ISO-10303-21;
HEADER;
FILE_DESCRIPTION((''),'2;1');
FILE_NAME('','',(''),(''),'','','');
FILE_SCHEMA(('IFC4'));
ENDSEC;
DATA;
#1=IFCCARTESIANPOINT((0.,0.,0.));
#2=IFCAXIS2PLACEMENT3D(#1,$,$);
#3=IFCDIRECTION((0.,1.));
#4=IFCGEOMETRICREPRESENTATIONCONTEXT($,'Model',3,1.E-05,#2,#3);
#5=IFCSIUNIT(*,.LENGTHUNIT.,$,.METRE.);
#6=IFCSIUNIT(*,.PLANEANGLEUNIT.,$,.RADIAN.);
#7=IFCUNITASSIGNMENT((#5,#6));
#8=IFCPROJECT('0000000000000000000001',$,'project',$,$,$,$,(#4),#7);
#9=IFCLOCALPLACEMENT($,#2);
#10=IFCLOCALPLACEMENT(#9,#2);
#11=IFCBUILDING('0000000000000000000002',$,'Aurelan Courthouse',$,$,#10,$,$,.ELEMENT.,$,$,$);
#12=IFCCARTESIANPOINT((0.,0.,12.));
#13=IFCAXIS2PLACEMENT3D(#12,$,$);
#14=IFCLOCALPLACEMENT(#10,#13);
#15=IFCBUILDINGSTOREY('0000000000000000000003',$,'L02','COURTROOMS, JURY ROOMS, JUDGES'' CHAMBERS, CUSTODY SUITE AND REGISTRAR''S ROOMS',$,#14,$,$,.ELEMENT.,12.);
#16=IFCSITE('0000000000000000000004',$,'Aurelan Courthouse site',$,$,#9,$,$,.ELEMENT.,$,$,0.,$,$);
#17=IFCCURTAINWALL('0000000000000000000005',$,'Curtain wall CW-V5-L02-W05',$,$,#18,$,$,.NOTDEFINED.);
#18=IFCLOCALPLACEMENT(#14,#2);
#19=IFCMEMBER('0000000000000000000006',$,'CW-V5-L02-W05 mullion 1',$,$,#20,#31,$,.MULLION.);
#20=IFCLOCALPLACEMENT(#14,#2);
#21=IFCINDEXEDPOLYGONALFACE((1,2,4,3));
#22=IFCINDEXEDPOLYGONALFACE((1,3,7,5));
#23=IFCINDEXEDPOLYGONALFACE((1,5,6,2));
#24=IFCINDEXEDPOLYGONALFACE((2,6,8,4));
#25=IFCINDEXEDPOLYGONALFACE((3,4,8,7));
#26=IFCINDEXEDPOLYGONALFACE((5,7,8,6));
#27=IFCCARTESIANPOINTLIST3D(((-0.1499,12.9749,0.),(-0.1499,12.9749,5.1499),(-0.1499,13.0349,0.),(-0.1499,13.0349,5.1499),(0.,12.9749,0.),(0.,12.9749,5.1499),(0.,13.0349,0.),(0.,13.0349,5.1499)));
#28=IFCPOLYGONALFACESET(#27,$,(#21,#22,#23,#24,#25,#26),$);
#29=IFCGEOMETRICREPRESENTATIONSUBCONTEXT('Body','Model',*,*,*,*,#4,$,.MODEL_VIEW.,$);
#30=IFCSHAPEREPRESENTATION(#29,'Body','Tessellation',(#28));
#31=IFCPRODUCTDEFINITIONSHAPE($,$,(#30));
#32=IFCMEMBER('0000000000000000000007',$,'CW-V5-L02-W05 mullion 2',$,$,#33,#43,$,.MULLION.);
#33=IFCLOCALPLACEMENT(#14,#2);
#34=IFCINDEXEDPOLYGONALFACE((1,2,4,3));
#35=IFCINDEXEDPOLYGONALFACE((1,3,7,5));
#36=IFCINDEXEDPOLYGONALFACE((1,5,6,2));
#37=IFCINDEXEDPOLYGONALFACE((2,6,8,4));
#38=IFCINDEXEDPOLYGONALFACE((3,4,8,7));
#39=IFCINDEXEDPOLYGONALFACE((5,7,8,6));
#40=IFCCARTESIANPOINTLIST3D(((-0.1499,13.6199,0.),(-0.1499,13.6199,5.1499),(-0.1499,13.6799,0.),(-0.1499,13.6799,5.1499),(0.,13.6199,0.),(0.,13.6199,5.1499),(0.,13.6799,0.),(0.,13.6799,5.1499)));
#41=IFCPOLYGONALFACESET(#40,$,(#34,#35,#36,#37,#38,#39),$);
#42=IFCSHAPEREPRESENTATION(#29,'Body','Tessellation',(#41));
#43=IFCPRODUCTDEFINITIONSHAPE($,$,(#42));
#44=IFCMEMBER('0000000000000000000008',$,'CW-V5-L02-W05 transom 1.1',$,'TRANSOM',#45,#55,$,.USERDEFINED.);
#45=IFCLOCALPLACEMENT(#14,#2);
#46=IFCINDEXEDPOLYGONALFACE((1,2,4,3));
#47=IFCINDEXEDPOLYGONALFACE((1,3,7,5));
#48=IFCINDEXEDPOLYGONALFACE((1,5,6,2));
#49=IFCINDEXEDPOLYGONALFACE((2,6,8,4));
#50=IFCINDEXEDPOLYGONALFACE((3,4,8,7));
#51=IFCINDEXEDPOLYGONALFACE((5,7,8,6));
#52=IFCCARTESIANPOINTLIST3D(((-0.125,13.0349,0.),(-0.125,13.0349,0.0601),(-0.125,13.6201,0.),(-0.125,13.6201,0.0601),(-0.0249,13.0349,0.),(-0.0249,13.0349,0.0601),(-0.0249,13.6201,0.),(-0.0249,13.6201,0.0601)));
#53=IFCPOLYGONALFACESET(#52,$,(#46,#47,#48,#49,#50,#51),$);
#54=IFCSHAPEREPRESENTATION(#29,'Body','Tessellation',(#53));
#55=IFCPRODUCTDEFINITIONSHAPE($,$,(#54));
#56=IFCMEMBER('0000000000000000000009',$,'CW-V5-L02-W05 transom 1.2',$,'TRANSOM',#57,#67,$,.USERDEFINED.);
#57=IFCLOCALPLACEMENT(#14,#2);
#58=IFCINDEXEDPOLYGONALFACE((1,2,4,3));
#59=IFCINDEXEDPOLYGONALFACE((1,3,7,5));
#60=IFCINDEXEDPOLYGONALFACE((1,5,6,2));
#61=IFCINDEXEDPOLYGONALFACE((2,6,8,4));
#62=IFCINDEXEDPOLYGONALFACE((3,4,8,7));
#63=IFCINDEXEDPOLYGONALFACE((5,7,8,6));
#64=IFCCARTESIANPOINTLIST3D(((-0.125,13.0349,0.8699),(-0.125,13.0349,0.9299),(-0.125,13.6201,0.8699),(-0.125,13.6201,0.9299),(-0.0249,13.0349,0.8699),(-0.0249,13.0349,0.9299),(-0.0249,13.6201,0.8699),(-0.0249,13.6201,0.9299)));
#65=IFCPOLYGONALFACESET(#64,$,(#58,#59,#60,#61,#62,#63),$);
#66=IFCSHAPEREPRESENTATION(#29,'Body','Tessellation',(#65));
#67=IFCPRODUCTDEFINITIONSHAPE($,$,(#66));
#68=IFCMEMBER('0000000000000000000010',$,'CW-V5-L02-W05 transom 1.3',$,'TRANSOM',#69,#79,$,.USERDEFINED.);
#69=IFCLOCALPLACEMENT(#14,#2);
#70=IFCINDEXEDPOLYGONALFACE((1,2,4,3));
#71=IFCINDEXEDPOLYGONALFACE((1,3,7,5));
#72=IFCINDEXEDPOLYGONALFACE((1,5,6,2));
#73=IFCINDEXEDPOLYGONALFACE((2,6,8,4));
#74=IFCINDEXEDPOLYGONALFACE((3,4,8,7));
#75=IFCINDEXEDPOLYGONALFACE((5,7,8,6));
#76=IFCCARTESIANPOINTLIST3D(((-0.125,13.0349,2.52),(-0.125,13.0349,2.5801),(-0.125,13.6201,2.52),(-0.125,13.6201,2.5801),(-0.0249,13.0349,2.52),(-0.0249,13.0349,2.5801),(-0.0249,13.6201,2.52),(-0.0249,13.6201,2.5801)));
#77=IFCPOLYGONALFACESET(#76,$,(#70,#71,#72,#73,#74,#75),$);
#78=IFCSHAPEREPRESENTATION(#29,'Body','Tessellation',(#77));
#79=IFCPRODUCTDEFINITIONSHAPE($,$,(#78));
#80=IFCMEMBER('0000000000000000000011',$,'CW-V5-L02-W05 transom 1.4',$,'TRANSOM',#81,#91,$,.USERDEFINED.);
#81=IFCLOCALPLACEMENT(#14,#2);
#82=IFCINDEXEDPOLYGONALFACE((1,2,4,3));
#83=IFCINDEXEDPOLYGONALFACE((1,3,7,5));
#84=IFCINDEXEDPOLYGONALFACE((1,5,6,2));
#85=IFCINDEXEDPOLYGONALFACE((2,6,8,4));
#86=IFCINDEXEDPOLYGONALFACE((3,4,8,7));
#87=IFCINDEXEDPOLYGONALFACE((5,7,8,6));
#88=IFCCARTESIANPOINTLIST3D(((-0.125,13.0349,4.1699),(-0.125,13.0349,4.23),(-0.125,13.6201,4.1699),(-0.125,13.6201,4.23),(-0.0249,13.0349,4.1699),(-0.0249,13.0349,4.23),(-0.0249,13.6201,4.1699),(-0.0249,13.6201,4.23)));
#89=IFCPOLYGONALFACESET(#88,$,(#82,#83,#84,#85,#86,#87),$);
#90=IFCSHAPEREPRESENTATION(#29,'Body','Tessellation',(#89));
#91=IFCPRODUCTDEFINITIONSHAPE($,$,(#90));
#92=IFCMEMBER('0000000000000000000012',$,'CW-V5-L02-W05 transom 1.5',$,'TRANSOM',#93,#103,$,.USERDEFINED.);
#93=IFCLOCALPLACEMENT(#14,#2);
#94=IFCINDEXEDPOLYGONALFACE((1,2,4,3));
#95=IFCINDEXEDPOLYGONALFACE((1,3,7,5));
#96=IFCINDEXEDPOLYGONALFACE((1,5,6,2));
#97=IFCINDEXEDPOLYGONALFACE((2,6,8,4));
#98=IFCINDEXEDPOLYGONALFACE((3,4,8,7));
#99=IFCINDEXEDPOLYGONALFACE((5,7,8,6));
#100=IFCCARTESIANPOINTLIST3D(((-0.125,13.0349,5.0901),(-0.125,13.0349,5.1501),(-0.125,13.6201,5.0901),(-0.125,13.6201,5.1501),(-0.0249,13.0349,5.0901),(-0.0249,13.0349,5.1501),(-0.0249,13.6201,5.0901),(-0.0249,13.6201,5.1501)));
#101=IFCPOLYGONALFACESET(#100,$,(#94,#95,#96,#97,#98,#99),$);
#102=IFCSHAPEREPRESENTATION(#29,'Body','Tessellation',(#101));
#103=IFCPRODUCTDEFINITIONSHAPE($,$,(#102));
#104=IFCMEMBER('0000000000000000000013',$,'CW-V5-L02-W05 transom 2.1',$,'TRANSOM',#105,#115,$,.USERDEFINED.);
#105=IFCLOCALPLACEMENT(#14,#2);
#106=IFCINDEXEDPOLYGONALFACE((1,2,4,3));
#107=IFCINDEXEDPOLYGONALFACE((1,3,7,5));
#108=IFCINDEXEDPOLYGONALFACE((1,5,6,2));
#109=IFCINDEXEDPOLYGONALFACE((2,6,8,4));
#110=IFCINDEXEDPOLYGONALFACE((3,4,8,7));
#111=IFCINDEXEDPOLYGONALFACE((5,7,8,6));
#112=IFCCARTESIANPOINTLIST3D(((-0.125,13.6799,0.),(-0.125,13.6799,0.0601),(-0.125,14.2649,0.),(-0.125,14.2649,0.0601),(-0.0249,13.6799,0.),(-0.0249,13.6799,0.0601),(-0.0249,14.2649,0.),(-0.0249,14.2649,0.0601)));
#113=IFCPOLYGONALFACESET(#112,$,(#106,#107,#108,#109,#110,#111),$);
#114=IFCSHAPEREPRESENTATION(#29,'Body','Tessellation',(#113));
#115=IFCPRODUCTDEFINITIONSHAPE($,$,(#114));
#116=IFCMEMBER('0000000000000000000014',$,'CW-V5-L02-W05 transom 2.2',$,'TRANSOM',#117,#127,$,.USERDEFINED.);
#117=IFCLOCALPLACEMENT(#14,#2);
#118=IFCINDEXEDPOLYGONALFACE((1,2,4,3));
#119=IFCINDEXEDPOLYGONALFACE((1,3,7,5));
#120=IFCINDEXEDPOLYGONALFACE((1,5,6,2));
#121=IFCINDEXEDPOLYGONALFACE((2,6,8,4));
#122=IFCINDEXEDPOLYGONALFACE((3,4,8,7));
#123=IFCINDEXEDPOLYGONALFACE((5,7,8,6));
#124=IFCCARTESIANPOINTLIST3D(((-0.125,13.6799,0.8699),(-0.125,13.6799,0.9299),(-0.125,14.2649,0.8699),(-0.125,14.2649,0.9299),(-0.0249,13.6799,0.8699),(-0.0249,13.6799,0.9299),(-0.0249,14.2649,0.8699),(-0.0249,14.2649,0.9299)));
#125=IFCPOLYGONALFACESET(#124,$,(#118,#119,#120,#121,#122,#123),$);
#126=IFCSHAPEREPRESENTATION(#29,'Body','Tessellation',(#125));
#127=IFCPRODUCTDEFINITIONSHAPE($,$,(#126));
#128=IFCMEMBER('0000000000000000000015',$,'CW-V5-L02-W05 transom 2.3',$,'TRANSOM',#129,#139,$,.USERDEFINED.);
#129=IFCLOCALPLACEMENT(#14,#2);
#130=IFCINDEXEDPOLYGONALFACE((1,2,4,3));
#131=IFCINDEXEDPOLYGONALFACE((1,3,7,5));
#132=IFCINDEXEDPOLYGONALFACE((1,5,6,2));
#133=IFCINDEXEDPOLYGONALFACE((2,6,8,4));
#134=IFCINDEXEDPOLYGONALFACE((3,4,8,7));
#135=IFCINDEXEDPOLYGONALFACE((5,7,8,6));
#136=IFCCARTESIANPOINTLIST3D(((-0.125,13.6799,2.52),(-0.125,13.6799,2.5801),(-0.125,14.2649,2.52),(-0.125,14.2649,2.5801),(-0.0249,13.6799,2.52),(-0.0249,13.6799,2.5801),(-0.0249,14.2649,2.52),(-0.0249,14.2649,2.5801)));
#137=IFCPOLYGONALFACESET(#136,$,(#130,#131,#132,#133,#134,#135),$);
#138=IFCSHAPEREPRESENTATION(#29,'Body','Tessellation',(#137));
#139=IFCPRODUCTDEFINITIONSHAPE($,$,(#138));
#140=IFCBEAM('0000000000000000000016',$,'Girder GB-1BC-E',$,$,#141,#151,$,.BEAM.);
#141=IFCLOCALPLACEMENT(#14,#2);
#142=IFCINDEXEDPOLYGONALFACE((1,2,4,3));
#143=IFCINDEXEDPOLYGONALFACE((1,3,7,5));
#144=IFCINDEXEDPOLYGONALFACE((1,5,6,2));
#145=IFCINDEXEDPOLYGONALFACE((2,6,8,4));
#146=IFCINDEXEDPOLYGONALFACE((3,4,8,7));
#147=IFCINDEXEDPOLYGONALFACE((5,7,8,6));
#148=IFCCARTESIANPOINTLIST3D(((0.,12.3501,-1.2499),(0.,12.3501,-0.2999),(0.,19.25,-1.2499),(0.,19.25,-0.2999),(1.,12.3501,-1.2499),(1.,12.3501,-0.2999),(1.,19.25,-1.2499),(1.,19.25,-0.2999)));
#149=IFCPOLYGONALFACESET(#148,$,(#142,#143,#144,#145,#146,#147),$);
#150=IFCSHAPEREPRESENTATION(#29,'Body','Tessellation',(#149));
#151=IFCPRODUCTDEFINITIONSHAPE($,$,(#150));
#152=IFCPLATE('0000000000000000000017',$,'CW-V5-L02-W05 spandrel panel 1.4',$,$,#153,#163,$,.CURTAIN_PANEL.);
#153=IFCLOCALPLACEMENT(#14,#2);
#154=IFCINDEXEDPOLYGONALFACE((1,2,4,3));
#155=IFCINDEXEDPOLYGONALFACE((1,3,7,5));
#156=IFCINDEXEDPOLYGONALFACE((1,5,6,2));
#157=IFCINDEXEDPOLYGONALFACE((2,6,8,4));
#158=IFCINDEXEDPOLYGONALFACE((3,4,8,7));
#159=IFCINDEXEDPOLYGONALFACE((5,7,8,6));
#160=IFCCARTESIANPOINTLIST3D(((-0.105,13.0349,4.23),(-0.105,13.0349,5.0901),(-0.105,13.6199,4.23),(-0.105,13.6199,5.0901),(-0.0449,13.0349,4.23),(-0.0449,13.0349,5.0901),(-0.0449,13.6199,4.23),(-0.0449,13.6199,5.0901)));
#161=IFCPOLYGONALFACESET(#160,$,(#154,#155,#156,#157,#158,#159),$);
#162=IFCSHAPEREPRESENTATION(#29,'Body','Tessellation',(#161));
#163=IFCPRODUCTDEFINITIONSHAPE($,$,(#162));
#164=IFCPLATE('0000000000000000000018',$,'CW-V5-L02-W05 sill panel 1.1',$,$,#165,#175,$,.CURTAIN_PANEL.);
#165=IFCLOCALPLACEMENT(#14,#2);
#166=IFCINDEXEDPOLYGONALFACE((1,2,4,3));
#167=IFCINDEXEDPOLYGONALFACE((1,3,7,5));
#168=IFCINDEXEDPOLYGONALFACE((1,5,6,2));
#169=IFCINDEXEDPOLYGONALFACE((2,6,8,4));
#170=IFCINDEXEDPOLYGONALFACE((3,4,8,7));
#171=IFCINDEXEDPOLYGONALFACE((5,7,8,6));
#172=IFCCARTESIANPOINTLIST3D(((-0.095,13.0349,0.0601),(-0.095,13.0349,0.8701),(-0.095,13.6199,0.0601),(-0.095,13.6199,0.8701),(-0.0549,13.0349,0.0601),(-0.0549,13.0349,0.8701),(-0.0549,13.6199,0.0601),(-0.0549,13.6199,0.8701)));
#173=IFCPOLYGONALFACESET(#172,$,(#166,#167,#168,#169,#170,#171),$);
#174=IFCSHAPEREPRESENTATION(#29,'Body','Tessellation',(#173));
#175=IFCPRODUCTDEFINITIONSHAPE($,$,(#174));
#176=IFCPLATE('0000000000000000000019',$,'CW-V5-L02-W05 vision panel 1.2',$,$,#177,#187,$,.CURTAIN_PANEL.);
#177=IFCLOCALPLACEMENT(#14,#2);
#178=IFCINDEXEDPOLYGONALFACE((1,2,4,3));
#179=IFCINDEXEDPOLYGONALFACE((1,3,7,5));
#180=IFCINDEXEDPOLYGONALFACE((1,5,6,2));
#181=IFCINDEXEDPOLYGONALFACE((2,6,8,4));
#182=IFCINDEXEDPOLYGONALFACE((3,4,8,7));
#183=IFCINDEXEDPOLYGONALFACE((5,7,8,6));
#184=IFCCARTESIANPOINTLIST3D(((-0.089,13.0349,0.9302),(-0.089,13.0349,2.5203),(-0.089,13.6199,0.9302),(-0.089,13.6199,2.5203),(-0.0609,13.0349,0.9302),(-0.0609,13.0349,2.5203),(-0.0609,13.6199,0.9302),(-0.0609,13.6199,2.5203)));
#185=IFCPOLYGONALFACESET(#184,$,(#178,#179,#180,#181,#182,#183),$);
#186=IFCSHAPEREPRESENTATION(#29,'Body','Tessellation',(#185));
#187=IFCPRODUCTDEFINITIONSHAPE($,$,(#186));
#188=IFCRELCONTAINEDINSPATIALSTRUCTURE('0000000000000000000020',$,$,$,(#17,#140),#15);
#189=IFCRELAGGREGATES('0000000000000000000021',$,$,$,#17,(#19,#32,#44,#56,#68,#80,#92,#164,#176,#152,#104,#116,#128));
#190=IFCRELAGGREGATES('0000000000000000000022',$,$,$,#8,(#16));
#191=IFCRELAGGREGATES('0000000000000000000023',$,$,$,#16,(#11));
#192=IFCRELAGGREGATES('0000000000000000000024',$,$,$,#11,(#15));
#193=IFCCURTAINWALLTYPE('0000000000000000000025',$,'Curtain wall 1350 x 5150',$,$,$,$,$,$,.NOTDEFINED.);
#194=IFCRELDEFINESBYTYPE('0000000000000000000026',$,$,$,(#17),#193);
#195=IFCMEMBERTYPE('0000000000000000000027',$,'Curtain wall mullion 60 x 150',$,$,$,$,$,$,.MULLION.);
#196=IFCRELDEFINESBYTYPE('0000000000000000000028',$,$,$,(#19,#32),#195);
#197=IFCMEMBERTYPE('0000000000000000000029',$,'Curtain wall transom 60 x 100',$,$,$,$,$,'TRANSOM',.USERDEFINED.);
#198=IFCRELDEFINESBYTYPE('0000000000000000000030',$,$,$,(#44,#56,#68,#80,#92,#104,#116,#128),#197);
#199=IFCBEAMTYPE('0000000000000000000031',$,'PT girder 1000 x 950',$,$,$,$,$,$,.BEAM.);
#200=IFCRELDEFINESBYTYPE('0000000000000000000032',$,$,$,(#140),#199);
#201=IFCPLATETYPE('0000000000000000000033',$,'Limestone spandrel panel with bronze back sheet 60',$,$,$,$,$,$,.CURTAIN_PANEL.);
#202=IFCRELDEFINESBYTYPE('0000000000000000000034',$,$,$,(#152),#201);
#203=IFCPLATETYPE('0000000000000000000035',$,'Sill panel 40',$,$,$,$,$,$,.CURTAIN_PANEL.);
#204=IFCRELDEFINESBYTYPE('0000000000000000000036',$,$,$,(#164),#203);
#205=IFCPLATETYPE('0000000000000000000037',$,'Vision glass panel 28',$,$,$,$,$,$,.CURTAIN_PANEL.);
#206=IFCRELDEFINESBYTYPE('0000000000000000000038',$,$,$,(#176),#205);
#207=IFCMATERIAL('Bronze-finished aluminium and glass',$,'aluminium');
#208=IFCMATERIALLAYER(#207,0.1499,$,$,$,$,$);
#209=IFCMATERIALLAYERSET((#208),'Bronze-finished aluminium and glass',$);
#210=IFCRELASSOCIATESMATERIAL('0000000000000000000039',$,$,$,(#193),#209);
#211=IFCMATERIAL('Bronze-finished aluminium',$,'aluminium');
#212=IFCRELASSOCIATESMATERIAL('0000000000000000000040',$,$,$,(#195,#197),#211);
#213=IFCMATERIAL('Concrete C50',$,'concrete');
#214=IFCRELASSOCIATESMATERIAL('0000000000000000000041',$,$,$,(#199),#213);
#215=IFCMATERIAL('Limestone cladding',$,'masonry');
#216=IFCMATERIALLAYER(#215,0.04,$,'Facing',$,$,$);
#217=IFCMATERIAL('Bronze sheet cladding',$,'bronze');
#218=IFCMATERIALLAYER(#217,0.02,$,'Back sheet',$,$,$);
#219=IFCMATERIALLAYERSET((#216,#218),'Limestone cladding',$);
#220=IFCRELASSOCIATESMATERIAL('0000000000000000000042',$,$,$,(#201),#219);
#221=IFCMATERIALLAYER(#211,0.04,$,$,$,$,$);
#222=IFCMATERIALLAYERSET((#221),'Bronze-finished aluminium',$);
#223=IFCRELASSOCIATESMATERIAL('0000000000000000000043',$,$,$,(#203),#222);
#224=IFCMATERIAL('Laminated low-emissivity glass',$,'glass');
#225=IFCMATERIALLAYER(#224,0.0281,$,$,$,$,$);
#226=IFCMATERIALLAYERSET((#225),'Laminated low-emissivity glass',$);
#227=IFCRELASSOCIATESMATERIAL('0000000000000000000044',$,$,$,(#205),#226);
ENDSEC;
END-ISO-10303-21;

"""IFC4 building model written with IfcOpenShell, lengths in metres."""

from ifc_helpers import new_model, si_unit, direction, frame, origin, origin_2d, place, context, subcontext, project, spatial, rectangle, extrude, material, layer, layer_set, material_profile, profile_set, type_object, element, aggregate, save


model = new_model("IFC4")

# Units and contexts
model_context = context("Model", 3, precision=1e-05, world=origin(), true_north=direction((0.0, 1.0)))
body_context = subcontext(model_context, "Body", "Model", "MODEL_VIEW")
ifc_project = project(units=[si_unit("LENGTHUNIT", "METRE"), si_unit("PLANEANGLEUNIT", "RADIAN")], contexts=[model_context])

# Site, building, storey
site_placement = place(None, origin())
site = spatial("IfcSite", under=ifc_project, at=site_placement, Name="Aurelan Courthouse site", CompositionType="ELEMENT", RefElevation=0.0)
building_placement = place(site_placement, origin())
building = spatial("IfcBuilding", under=site, at=building_placement, Name="Aurelan Courthouse", CompositionType="ELEMENT")
storey_placement = place(building_placement, frame((0.0, 0.0, 12.0)))
storey = spatial("IfcBuildingStorey", under=building, at=storey_placement, Name="L02", Description="COURTROOMS, JURY ROOMS, JUDGES' CHAMBERS, CUSTODY SUITE AND REGISTRAR'S ROOMS", CompositionType="ELEMENT", Elevation=12.0)

# Curtain wall, members
ifc_material_1 = material(Name="Bronze-finished aluminium and glass", Category="aluminium")
ifc_layer_1 = layer(ifc_material_1, 0.1499)
ifc_layer_set_1 = layer_set([ifc_layer_1], Name="Bronze-finished aluminium and glass")
curtain_wall_type = type_object("IfcCurtainWallType", Name="Curtain wall 1350 x 5150", PredefinedType="NOTDEFINED", material=ifc_layer_set_1)
curtain_wall_placement = place(storey_placement, origin())
curtain_wall = element("IfcCurtainWall", 1, at=curtain_wall_placement, inside=storey, type_object=curtain_wall_type, Name="Curtain wall CW-V5-L02-W05", PredefinedType="NOTDEFINED")
ifc_material_2 = material(Name="Bronze-finished aluminium", Category="aluminium")
ifc_material_profile_1 = material_profile(ifc_material_2, rectangle(XDim=0.1499, YDim=0.0601, at=origin_2d()), Name="Bronze mullion 60 x 150")
ifc_profile_set_1 = profile_set([ifc_material_profile_1], Name="Bronze-finished aluminium")
member_type_1 = type_object("IfcMemberType", Name="Curtain wall mullion 60 x 150", PredefinedType="MULLION", material=ifc_profile_set_1)
member_1_placement = place(storey_placement, frame((-0.075, 13.0049, 0.0), z_axis=(0.0, 0.0, 1.0), x_axis=(-1.0, 0.0, 0.0)))
member_1 = element("IfcMember", 2, at=member_1_placement, type_object=member_type_1, Name="CW-V5-L02-W05 mullion 1", PredefinedType="MULLION", context=body_context, shape_type="SweptSolid", body=[
    extrude(rectangle(XDim=0.1499, YDim=0.0601, at=origin_2d()), origin(), (0.0, 0.0, 1.0), 5.1499),
])
member_2_placement = place(storey_placement, frame((-0.075, 13.6499, 0.0), z_axis=(0.0, 0.0, 1.0), x_axis=(-1.0, 0.0, 0.0)))
member_2 = element("IfcMember", 3, at=member_2_placement, type_object=member_type_1, Name="CW-V5-L02-W05 mullion 2", PredefinedType="MULLION", context=body_context, shape_type="SweptSolid", body=[
    extrude(rectangle(XDim=0.1499, YDim=0.0601, at=origin_2d()), origin(), (0.0, 0.0, 1.0), 5.1499),
])
ifc_material_profile_2 = material_profile(ifc_material_2, rectangle(XDim=0.1001, YDim=0.0601, at=origin_2d()), Name="Bronze transom 60 x 100")
ifc_profile_set_2 = profile_set([ifc_material_profile_2], Name="Bronze-finished aluminium")
member_type_2 = type_object("IfcMemberType", Name="Curtain wall transom 60 x 100", ElementType="TRANSOM", PredefinedType="USERDEFINED", material=ifc_profile_set_2)
member_3_placement = place(storey_placement, frame((-0.075, 13.0349, 0.03), z_axis=(0.0, 1.0, 0.0), x_axis=(-1.0, 0.0, 0.0)))
member_3 = element("IfcMember", 4, at=member_3_placement, type_object=member_type_2, Name="CW-V5-L02-W05 transom 1.1", ObjectType="TRANSOM", PredefinedType="USERDEFINED", context=body_context, shape_type="SweptSolid", body=[
    extrude(rectangle(XDim=0.1001, YDim=0.0601, at=origin_2d()), origin(), (0.0, 0.0, 1.0), 0.5852),
])
member_4_placement = place(storey_placement, frame((-0.075, 13.0349, 0.8999), z_axis=(0.0, 1.0, 0.0), x_axis=(-1.0, 0.0, 0.0)))
member_4 = element("IfcMember", 5, at=member_4_placement, type_object=member_type_2, Name="CW-V5-L02-W05 transom 1.2", ObjectType="TRANSOM", PredefinedType="USERDEFINED", context=body_context, shape_type="SweptSolid", body=[
    extrude(rectangle(XDim=0.1001, YDim=0.0601, at=origin_2d()), origin(), (0.0, 0.0, 1.0), 0.5852),
])
member_5_placement = place(storey_placement, frame((-0.075, 13.0349, 2.55), z_axis=(0.0, 1.0, 0.0), x_axis=(-1.0, 0.0, 0.0)))
member_5 = element("IfcMember", 6, at=member_5_placement, type_object=member_type_2, Name="CW-V5-L02-W05 transom 1.3", ObjectType="TRANSOM", PredefinedType="USERDEFINED", context=body_context, shape_type="SweptSolid", body=[
    extrude(rectangle(XDim=0.1001, YDim=0.0601, at=origin_2d()), origin(), (0.0, 0.0, 1.0), 0.5852),
])
member_6_placement = place(storey_placement, frame((-0.075, 13.0349, 4.2), z_axis=(0.0, 1.0, 0.0), x_axis=(-1.0, 0.0, 0.0)))
member_6 = element("IfcMember", 7, at=member_6_placement, type_object=member_type_2, Name="CW-V5-L02-W05 transom 1.4", ObjectType="TRANSOM", PredefinedType="USERDEFINED", context=body_context, shape_type="SweptSolid", body=[
    extrude(rectangle(XDim=0.1001, YDim=0.0601, at=origin_2d()), origin(), (0.0, 0.0, 1.0), 0.5852),
])
member_7_placement = place(storey_placement, frame((-0.075, 13.0349, 5.1201), z_axis=(0.0, 1.0, 0.0), x_axis=(-1.0, 0.0, 0.0)))
member_7 = element("IfcMember", 8, at=member_7_placement, type_object=member_type_2, Name="CW-V5-L02-W05 transom 1.5", ObjectType="TRANSOM", PredefinedType="USERDEFINED", context=body_context, shape_type="SweptSolid", body=[
    extrude(rectangle(XDim=0.1001, YDim=0.0601, at=origin_2d()), origin(), (0.0, 0.0, 1.0), 0.5852),
])
member_8_placement = place(storey_placement, frame((-0.075, 13.6799, 0.03), z_axis=(0.0, 1.0, 0.0), x_axis=(-1.0, 0.0, 0.0)))
member_8 = element("IfcMember", 9, at=member_8_placement, type_object=member_type_2, Name="CW-V5-L02-W05 transom 2.1", ObjectType="TRANSOM", PredefinedType="USERDEFINED", context=body_context, shape_type="SweptSolid", body=[
    extrude(rectangle(XDim=0.1001, YDim=0.0601, at=origin_2d()), origin(), (0.0, 0.0, 1.0), 0.585),
])
member_9_placement = place(storey_placement, frame((-0.075, 13.6799, 0.8999), z_axis=(0.0, 1.0, 0.0), x_axis=(-1.0, 0.0, 0.0)))
member_9 = element("IfcMember", 10, at=member_9_placement, type_object=member_type_2, Name="CW-V5-L02-W05 transom 2.2", ObjectType="TRANSOM", PredefinedType="USERDEFINED", context=body_context, shape_type="SweptSolid", body=[
    extrude(rectangle(XDim=0.1001, YDim=0.0601, at=origin_2d()), origin(), (0.0, 0.0, 1.0), 0.585),
])
member_10_placement = place(storey_placement, frame((-0.075, 13.6799, 2.55), z_axis=(0.0, 1.0, 0.0), x_axis=(-1.0, 0.0, 0.0)))
member_10 = element("IfcMember", 11, at=member_10_placement, type_object=member_type_2, Name="CW-V5-L02-W05 transom 2.3", ObjectType="TRANSOM", PredefinedType="USERDEFINED", context=body_context, shape_type="SweptSolid", body=[
    extrude(rectangle(XDim=0.1001, YDim=0.0601, at=origin_2d()), origin(), (0.0, 0.0, 1.0), 0.585),
])

# Beam
ifc_material_3 = material(Name="Concrete C50", Category="concrete")
ifc_material_profile_3 = material_profile(ifc_material_3, rectangle(XDim=1.0, YDim=0.95, at=origin_2d()), Name="RC 1000 x 950")
ifc_profile_set_3 = profile_set([ifc_material_profile_3], Name="Concrete C50")
beam_type = type_object("IfcBeamType", Name="PT girder 1000 x 950", PredefinedType="BEAM", material=ifc_profile_set_3)
beam_placement = place(storey_placement, frame((0.5, 12.3501, -0.7749), z_axis=(0.0, 1.0, 0.0), x_axis=(-1.0, 0.0, 0.0)))
element("IfcBeam", 12, at=beam_placement, inside=storey, type_object=beam_type, Name="Girder GB-1BC-E", PredefinedType="BEAM", context=body_context, shape_type="SweptSolid", body=[
    extrude(rectangle(XDim=1.0, YDim=0.95, at=origin_2d()), origin(), (0.0, 0.0, 1.0), 6.8999),
])

# Plates
ifc_material_4 = material(Name="Limestone cladding", Category="masonry")
ifc_layer_2 = layer(ifc_material_4, 0.04, Name="Facing")
ifc_material_5 = material(Name="Bronze sheet cladding", Category="bronze")
ifc_layer_3 = layer(ifc_material_5, 0.02, Name="Back sheet")
ifc_layer_set_2 = layer_set([ifc_layer_2, ifc_layer_3], Name="Limestone cladding")
plate_type_1 = type_object("IfcPlateType", Name="Limestone spandrel panel with bronze back sheet 60", PredefinedType="CURTAIN_PANEL", material=ifc_layer_set_2)
plate_1_placement = place(storey_placement, frame((-0.075, 13.3274, 4.23), z_axis=(0.0, 0.0, 1.0), x_axis=(0.0, 1.0, 0.0)))
plate_1 = element("IfcPlate", 13, at=plate_1_placement, type_object=plate_type_1, Name="CW-V5-L02-W05 spandrel panel 1.4", PredefinedType="CURTAIN_PANEL", context=body_context, shape_type="SweptSolid", body=[
    extrude(rectangle(XDim=0.585, YDim=0.0601, at=origin_2d()), origin(), (0.0, 0.0, 1.0), 0.8601),
])
ifc_layer_4 = layer(ifc_material_2, 0.04)
ifc_layer_set_3 = layer_set([ifc_layer_4], Name="Bronze-finished aluminium")
plate_type_2 = type_object("IfcPlateType", Name="Sill panel 40", PredefinedType="CURTAIN_PANEL", material=ifc_layer_set_3)
plate_2_placement = place(storey_placement, frame((-0.075, 13.3274, 0.0601), z_axis=(0.0, 0.0, 1.0), x_axis=(0.0, 1.0, 0.0)))
plate_2 = element("IfcPlate", 14, at=plate_2_placement, type_object=plate_type_2, Name="CW-V5-L02-W05 sill panel 1.1", PredefinedType="CURTAIN_PANEL", context=body_context, shape_type="SweptSolid", body=[
    extrude(rectangle(XDim=0.585, YDim=0.04, at=origin_2d()), origin(), (0.0, 0.0, 1.0), 0.8101),
])
ifc_material_6 = material(Name="Laminated low-emissivity glass", Category="glass")
ifc_layer_5 = layer(ifc_material_6, 0.0281)
ifc_layer_set_4 = layer_set([ifc_layer_5], Name="Laminated low-emissivity glass")
plate_type_3 = type_object("IfcPlateType", Name="Vision glass panel 28", PredefinedType="CURTAIN_PANEL", material=ifc_layer_set_4)
plate_3_placement = place(storey_placement, frame((-0.075, 13.3274, 0.9302), z_axis=(0.0, 0.0, 1.0), x_axis=(0.0, 1.0, 0.0)))
plate_3 = element("IfcPlate", 15, at=plate_3_placement, type_object=plate_type_3, Name="CW-V5-L02-W05 vision panel 1.2", PredefinedType="CURTAIN_PANEL", context=body_context, shape_type="SweptSolid", body=[
    extrude(rectangle(XDim=0.585, YDim=0.0281, at=origin_2d()), origin(), (0.0, 0.0, 1.0), 1.5901),
])
aggregate(curtain_wall, [member_1, member_2, member_3, member_4, member_5, member_6, member_7, plate_2, plate_3, plate_1, member_8, member_9, member_10])

save(model, "model.ifc")
